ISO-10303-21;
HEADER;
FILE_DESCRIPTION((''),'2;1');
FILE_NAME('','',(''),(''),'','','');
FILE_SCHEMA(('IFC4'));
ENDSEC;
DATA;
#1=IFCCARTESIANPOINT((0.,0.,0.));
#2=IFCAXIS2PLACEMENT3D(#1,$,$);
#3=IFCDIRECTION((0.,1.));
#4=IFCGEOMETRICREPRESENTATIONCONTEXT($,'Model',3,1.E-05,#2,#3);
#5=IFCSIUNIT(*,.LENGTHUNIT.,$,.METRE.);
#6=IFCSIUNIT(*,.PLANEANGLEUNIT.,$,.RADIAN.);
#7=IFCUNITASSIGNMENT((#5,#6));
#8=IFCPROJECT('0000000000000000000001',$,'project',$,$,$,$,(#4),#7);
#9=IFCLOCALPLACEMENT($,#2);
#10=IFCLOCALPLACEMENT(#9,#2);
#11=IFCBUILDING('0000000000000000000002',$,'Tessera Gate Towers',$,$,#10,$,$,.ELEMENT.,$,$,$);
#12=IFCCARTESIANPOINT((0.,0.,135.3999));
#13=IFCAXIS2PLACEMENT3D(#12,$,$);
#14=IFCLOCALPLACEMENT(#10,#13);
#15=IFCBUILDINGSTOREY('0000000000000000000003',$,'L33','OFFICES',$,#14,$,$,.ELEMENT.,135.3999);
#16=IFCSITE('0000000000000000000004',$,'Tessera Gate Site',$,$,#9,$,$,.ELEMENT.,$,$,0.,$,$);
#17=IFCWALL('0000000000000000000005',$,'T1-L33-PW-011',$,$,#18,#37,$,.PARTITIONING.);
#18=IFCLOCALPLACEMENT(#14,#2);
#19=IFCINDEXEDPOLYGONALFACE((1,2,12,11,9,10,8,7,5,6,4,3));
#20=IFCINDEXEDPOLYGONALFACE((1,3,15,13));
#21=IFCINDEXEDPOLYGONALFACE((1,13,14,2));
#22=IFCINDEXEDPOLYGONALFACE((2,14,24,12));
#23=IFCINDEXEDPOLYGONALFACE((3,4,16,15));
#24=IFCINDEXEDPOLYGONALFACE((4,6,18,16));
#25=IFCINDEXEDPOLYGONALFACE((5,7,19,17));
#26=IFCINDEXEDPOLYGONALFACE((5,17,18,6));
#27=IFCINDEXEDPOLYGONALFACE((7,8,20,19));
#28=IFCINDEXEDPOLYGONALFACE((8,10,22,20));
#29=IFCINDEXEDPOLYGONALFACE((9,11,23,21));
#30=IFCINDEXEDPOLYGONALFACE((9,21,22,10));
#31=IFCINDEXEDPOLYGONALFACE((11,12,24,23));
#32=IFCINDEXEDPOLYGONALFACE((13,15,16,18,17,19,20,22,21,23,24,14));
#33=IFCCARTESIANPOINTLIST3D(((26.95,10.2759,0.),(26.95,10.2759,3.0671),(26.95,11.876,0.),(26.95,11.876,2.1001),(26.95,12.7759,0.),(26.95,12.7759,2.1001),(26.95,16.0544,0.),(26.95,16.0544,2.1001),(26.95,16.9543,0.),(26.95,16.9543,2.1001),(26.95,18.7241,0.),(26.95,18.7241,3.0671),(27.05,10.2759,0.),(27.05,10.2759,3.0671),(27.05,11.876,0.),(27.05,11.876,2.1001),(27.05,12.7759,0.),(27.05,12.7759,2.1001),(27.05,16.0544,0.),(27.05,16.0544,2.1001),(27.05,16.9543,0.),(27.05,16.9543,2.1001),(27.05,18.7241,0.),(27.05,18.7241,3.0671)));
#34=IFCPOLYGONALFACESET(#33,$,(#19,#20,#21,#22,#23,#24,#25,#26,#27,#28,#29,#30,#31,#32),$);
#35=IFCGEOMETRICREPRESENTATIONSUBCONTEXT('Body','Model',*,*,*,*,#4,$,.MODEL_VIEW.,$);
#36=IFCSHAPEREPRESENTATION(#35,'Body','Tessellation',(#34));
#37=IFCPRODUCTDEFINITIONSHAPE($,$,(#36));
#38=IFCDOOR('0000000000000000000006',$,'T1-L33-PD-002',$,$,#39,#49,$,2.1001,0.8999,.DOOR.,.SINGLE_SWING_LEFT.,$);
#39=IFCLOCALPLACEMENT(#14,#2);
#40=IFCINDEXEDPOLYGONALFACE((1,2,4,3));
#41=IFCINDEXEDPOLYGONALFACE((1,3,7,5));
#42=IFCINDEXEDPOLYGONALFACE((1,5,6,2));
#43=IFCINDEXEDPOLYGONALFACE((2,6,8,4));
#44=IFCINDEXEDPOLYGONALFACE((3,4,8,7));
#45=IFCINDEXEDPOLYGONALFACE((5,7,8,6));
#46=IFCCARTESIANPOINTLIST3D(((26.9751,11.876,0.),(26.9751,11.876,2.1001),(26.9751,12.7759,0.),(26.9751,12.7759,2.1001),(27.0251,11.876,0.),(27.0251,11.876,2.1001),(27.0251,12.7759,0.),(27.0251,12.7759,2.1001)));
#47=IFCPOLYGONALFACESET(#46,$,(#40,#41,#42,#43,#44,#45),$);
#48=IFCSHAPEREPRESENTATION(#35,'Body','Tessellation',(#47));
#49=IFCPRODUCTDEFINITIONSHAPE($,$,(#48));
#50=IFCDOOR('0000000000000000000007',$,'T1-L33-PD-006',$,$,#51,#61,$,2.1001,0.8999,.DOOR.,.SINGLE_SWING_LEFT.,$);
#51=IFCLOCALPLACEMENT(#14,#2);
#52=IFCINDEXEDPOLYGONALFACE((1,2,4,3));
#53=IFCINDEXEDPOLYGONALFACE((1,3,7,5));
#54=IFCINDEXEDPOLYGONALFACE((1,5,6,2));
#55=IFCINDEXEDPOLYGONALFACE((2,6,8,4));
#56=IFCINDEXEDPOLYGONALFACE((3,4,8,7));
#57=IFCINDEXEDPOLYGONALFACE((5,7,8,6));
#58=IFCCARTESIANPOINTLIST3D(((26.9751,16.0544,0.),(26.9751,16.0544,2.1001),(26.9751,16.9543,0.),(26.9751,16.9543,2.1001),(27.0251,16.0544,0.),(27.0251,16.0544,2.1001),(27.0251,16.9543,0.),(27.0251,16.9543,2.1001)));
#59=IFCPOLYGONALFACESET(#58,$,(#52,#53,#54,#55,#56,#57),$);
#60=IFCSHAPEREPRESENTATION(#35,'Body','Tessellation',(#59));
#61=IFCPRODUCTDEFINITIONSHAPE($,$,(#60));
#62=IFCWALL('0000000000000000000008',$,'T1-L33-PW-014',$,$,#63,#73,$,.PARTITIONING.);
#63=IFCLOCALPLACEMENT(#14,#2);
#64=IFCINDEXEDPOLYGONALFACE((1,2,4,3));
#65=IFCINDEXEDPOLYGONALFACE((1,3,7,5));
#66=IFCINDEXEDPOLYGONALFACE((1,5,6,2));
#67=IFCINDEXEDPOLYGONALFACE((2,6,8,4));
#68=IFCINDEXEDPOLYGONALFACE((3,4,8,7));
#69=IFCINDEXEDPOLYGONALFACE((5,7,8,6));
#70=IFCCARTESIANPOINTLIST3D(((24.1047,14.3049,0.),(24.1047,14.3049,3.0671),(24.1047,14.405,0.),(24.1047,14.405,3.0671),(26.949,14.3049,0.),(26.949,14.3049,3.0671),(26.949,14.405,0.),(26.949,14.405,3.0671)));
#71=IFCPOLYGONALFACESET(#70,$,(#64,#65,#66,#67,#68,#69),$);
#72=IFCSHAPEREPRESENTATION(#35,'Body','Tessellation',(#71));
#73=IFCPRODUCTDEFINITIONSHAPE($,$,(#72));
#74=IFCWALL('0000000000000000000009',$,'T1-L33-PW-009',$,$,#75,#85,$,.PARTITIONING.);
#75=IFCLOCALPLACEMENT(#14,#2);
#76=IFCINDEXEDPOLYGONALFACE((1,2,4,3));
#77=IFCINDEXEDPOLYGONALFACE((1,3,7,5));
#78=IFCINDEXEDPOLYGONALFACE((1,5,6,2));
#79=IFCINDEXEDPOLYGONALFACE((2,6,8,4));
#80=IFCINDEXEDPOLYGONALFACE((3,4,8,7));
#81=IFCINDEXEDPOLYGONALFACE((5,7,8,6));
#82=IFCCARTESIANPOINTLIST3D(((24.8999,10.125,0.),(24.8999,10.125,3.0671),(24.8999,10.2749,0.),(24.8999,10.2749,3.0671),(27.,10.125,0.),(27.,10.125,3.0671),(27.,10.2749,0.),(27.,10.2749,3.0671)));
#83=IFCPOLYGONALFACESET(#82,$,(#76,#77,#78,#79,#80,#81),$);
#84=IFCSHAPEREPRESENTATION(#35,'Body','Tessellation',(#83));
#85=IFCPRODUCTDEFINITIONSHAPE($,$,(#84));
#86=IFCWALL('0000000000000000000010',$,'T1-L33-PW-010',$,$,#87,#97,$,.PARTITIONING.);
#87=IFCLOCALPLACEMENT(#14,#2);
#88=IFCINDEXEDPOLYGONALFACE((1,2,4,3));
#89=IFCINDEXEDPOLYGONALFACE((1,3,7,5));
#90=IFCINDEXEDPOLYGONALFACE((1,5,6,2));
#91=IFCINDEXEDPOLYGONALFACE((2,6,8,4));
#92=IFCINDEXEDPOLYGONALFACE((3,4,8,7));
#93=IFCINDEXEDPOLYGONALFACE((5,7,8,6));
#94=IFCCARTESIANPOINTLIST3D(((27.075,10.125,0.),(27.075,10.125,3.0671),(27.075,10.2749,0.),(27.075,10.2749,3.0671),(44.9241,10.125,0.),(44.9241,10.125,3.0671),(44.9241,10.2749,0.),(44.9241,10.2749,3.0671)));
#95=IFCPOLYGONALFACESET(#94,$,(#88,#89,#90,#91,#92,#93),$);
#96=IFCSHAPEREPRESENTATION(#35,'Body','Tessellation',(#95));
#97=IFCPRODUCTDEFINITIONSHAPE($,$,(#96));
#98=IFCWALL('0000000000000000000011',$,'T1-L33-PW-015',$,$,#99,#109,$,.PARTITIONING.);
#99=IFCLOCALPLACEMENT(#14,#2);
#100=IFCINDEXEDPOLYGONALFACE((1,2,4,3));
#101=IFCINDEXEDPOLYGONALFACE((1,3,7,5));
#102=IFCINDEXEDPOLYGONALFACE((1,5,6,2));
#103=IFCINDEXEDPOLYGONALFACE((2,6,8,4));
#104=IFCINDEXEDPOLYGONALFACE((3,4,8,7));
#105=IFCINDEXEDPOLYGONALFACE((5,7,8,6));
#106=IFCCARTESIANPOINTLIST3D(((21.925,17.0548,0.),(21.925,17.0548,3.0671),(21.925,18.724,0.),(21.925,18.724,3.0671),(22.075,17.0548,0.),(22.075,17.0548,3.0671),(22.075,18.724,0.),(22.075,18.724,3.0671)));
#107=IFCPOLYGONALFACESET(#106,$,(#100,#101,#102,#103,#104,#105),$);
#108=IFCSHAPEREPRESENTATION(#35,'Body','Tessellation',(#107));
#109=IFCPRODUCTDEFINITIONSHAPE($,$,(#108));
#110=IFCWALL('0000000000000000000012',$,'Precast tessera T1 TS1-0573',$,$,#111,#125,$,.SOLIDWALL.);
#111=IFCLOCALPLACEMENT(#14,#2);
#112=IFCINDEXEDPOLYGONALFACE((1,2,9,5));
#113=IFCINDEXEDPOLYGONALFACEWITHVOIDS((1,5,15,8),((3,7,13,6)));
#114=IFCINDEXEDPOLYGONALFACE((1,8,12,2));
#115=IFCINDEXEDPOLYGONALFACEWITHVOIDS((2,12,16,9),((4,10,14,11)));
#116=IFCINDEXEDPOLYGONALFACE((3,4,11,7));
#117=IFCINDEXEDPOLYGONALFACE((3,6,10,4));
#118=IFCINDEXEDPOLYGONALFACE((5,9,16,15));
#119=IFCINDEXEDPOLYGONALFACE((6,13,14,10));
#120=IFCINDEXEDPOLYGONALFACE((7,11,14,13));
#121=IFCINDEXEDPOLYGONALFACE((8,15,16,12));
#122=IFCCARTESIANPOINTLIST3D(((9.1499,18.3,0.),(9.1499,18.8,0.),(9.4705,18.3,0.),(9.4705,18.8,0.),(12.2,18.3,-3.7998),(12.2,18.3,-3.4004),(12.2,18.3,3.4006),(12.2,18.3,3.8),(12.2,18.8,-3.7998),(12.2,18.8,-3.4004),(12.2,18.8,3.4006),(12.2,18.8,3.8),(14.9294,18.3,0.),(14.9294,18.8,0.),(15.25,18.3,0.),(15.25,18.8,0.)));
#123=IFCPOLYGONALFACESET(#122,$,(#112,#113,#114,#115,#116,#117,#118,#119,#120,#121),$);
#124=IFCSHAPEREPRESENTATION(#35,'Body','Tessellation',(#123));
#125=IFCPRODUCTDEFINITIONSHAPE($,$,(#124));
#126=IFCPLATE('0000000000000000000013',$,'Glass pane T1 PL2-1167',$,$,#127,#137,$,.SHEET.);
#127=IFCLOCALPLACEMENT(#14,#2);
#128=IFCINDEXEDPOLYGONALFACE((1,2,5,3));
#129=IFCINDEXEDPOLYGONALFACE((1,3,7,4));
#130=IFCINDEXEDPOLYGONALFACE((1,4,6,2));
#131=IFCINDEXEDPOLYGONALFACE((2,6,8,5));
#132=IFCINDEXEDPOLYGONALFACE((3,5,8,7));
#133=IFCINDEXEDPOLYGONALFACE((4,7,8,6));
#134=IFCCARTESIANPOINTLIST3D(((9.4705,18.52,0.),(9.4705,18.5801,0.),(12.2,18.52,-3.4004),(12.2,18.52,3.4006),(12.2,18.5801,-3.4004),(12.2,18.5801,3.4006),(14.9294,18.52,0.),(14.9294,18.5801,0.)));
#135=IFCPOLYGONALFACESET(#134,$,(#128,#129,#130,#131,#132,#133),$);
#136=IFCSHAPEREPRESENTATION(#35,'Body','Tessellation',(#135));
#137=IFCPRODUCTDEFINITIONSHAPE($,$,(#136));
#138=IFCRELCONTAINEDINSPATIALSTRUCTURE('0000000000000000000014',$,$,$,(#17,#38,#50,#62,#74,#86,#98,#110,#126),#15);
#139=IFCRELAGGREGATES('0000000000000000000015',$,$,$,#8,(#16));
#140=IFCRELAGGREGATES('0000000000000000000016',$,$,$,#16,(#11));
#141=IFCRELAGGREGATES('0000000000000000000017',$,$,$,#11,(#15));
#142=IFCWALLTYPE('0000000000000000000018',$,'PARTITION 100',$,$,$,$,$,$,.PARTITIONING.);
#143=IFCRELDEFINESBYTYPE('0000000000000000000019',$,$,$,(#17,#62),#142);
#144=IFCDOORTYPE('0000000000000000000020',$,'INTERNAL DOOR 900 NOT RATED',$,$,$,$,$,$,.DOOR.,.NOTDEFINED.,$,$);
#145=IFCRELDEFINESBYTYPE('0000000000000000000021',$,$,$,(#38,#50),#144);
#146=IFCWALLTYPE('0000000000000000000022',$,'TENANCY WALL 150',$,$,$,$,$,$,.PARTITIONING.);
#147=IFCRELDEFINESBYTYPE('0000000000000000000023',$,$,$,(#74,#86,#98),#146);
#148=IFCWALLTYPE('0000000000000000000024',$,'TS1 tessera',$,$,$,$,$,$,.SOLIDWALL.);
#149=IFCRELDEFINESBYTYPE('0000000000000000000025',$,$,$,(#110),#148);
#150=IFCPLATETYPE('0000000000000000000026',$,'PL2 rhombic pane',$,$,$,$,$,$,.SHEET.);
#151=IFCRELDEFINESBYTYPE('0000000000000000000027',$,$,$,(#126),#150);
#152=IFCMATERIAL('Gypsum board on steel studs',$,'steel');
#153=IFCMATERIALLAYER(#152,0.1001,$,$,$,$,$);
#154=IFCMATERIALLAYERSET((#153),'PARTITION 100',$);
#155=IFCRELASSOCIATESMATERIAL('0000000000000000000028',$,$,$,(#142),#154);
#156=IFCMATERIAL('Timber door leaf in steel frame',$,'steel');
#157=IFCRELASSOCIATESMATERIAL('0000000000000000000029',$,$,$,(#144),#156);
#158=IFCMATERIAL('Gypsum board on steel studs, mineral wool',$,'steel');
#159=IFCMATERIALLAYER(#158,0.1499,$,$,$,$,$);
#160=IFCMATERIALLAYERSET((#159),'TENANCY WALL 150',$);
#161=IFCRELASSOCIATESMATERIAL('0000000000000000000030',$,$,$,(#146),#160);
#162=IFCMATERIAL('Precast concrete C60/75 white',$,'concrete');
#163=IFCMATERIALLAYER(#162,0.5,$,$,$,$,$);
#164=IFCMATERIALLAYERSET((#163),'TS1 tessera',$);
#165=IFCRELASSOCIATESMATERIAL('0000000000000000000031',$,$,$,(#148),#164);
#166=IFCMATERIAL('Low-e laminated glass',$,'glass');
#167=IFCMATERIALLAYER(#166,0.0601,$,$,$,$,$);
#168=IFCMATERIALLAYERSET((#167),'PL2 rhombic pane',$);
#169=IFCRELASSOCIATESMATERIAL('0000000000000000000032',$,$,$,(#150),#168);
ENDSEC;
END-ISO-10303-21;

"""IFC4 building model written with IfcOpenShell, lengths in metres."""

from ifc_helpers import new_model, si_unit, direction, frame, frame_2d, origin, place, context, subcontext, project, spatial, polyline, rectangle, outline, extrude, source, transform, mapped, material, layer, layer_set, type_object, element, fill, save


model = new_model("IFC4")

# Units and contexts
model_context = context("Model", 3, precision=1e-05, world=origin(), true_north=direction((0.0, 1.0)))
body_context = subcontext(model_context, "Body", "Model", "MODEL_VIEW")
ifc_project = project(units=[si_unit("LENGTHUNIT", "METRE"), si_unit("PLANEANGLEUNIT", "RADIAN")], contexts=[model_context])

# Site, building, storey
site_placement = place(None, origin())
site = spatial("IfcSite", under=ifc_project, at=site_placement, Name="Tessera Gate Site", CompositionType="ELEMENT", RefElevation=0.0)
building_placement = place(site_placement, origin())
building = spatial("IfcBuilding", under=site, at=building_placement, Name="Tessera Gate Towers", CompositionType="ELEMENT")
storey_placement = place(building_placement, frame((0.0, 0.0, 135.3999)))
storey = spatial("IfcBuildingStorey", under=building, at=storey_placement, Name="L33", Description="OFFICES", CompositionType="ELEMENT", Elevation=135.3999)

# Shared definitions
ifc_material_1 = material(Name="Gypsum board on steel studs", Category="steel")
ifc_layer_1 = layer(ifc_material_1, 0.1001)
ifc_layer_set_1 = layer_set([ifc_layer_1], Name="PARTITION 100")
wall_type_1 = type_object("IfcWallType", Name="PARTITION 100", PredefinedType="PARTITIONING", material=ifc_layer_set_1)

# Shared definitions
shared_shape_1 = source(origin(), body_context, "Body", "SweptSolid", [
    extrude(rectangle(XDim=0.8999, YDim=2.1001, at=frame_2d((0.45, 1.05))), frame((0.0, 0.0601, 0.0), z_axis=(0.0, -1.0, 0.0), x_axis=(1.0, 0.0, 0.0)), (0.0, 0.0, 1.0), 0.1201),
])
ifc_material_2 = material(Name="Timber door leaf in steel frame", Category="steel")
door_type = type_object("IfcDoorType", Name="INTERNAL DOOR 900 NOT RATED", OperationType="NOTDEFINED", PredefinedType="DOOR", material=ifc_material_2)
shared_shape_2 = source(origin(), body_context, "Body", "SweptSolid", [
    extrude(rectangle(XDim=0.8999, YDim=2.1001, at=frame_2d((0.45, 1.05))), frame((0.0, 0.0249, 0.0), z_axis=(0.0, -1.0, 0.0), x_axis=(1.0, 0.0, 0.0)), (0.0, 0.0, 1.0), 0.05),
])

# Wall, openings, doors
wall_1_placement = place(storey_placement, frame((27.0, 10.2759, 0.0), z_axis=(0.0, 0.0, 1.0), x_axis=(0.0, 1.0, 0.0)))
wall_1 = element("IfcWall", 1, at=wall_1_placement, inside=storey, type_object=wall_type_1, Name="T1-L33-PW-011", PredefinedType="PARTITIONING", context=body_context, shape_type="SweptSolid", body=[
    extrude(rectangle(XDim=8.4482, YDim=0.1001, at=frame_2d((4.2241, 0.0))), origin(), (0.0, 0.0, 1.0), 3.0671),
])
opening_1_placement = place(wall_1_placement, frame((1.6001, 0.0, 0.0)))
opening_1 = element("IfcOpeningElement", 2, at=opening_1_placement, cuts=wall_1, PredefinedType="OPENING", context=body_context, shape_type="MappedRepresentation", body=[
    mapped(shared_shape_1, transform((0.0, 0.0, 0.0), scale=1.0)),
])
opening_2_placement = place(wall_1_placement, frame((5.7786, 0.0, 0.0)))
opening_2 = element("IfcOpeningElement", 3, at=opening_2_placement, cuts=wall_1, PredefinedType="OPENING", context=body_context, shape_type="MappedRepresentation", body=[
    mapped(shared_shape_1, transform((0.0, 0.0, 0.0), scale=1.0)),
])
door_1_placement = place(opening_1_placement, origin())
door_1 = element("IfcDoor", 4, at=door_1_placement, inside=storey, type_object=door_type, Name="T1-L33-PD-002", OperationType="SINGLE_SWING_LEFT", OverallHeight=2.1001, OverallWidth=0.8999, PredefinedType="DOOR", context=body_context, shape_type="MappedRepresentation", body=[
    mapped(shared_shape_2, transform((0.0, 0.0, 0.0), scale=1.0)),
])
fill(opening_1, door_1)
door_2_placement = place(opening_2_placement, origin())
door_2 = element("IfcDoor", 5, at=door_2_placement, inside=storey, type_object=door_type, Name="T1-L33-PD-006", OperationType="SINGLE_SWING_LEFT", OverallHeight=2.1001, OverallWidth=0.8999, PredefinedType="DOOR", context=body_context, shape_type="MappedRepresentation", body=[
    mapped(shared_shape_2, transform((0.0, 0.0, 0.0), scale=1.0)),
])
fill(opening_2, door_2)

# Walls
wall_2_placement = place(storey_placement, frame((24.1047, 14.355, 0.0), z_axis=(0.0, 0.0, 1.0), x_axis=(1.0, 0.0, 0.0)))
element("IfcWall", 6, at=wall_2_placement, inside=storey, type_object=wall_type_1, Name="T1-L33-PW-014", PredefinedType="PARTITIONING", context=body_context, shape_type="SweptSolid", body=[
    extrude(rectangle(XDim=2.8442, YDim=0.1001, at=frame_2d((1.4221, 0.0))), origin(), (0.0, 0.0, 1.0), 3.0671),
])
ifc_material_3 = material(Name="Gypsum board on steel studs, mineral wool", Category="steel")
ifc_layer_2 = layer(ifc_material_3, 0.1499)
ifc_layer_set_2 = layer_set([ifc_layer_2], Name="TENANCY WALL 150")
wall_type_2 = type_object("IfcWallType", Name="TENANCY WALL 150", PredefinedType="PARTITIONING", material=ifc_layer_set_2)
wall_3_placement = place(storey_placement, frame((24.8999, 10.2, 0.0), z_axis=(0.0, 0.0, 1.0), x_axis=(1.0, 0.0, 0.0)))
element("IfcWall", 7, at=wall_3_placement, inside=storey, type_object=wall_type_2, Name="T1-L33-PW-009", PredefinedType="PARTITIONING", context=body_context, shape_type="SweptSolid", body=[
    extrude(rectangle(XDim=2.1001, YDim=0.1499, at=frame_2d((1.05, 0.0))), origin(), (0.0, 0.0, 1.0), 3.0671),
])
wall_4_placement = place(storey_placement, frame((27.075, 10.2, 0.0), z_axis=(0.0, 0.0, 1.0), x_axis=(1.0, 0.0, 0.0)))
element("IfcWall", 8, at=wall_4_placement, inside=storey, type_object=wall_type_2, Name="T1-L33-PW-010", PredefinedType="PARTITIONING", context=body_context, shape_type="SweptSolid", body=[
    extrude(rectangle(XDim=17.8491, YDim=0.1499, at=frame_2d((8.9246, 0.0))), origin(), (0.0, 0.0, 1.0), 3.0671),
])
wall_5_placement = place(storey_placement, frame((22.0, 17.0549, 0.0), z_axis=(0.0, 0.0, 1.0), x_axis=(0.0, 1.0, 0.0)))
element("IfcWall", 9, at=wall_5_placement, inside=storey, type_object=wall_type_2, Name="T1-L33-PW-015", PredefinedType="PARTITIONING", context=body_context, shape_type="SweptSolid", body=[
    extrude(rectangle(XDim=1.6692, YDim=0.1499, at=frame_2d((0.8345, 0.0))), origin(), (0.0, 0.0, 1.0), 3.0671),
])

# Wall, opening, plate
ifc_material_4 = material(Name="Precast concrete C60/75 white", Category="concrete")
ifc_layer_3 = layer(ifc_material_4, 0.5)
ifc_layer_set_3 = layer_set([ifc_layer_3], Name="TS1 tessera")
wall_type_3 = type_object("IfcWallType", Name="TS1 tessera", PredefinedType="SOLIDWALL", material=ifc_layer_set_3)
shared_shape_3 = source(origin(), body_context, "Body", "SweptSolid", [
    extrude(outline(polyline([(3.05, 0.0), (6.1001, 3.7998), (3.05, 7.5999), (0.0, 3.7998), (3.05, 0.0)])), frame((0.0, 0.25, 0.0), z_axis=(0.0, -1.0, 0.0), x_axis=(1.0, 0.0, 0.0)), (0.0, 0.0, 1.0), 0.5),
])
wall_6_placement = place(storey_placement, frame((9.1499, 18.55, -3.7998), z_axis=(0.0, 0.0, 1.0), x_axis=(1.0, 0.0, 0.0)))
wall_6 = element("IfcWall", 10, at=wall_6_placement, inside=storey, type_object=wall_type_3, Name="Precast tessera T1 TS1-0573", PredefinedType="SOLIDWALL", context=body_context, shape_type="MappedRepresentation", body=[
    mapped(shared_shape_3, transform((0.0, 0.0, 0.0), scale=1.0)),
])
shared_shape_4 = source(origin(), body_context, "Body", "SweptSolid", [
    extrude(outline(polyline([(3.05, 0.3994), (5.7795, 3.7998), (3.05, 7.2004), (0.3206, 3.7998), (3.05, 0.3994)])), frame((0.0, 0.26, 0.0), z_axis=(0.0, -1.0, 0.0), x_axis=(1.0, 0.0, 0.0)), (0.0, 0.0, 1.0), 0.52),
])
opening_3_placement = place(wall_6_placement, origin())
opening_3 = element("IfcOpeningElement", 11, at=opening_3_placement, cuts=wall_6, PredefinedType="OPENING", context=body_context, shape_type="MappedRepresentation", body=[
    mapped(shared_shape_4, transform((0.0, 0.0, 0.0), scale=1.0)),
])
ifc_material_5 = material(Name="Low-e laminated glass", Category="glass")
ifc_layer_4 = layer(ifc_material_5, 0.0601)
ifc_layer_set_4 = layer_set([ifc_layer_4], Name="PL2 rhombic pane")
plate_type = type_object("IfcPlateType", Name="PL2 rhombic pane", PredefinedType="SHEET", material=ifc_layer_set_4)
shared_shape_5 = source(origin(), body_context, "Body", "SweptSolid", [
    extrude(outline(polyline([(3.05, 0.3994), (5.7795, 3.7998), (3.05, 7.2004), (0.3206, 3.7998), (3.05, 0.3994)])), frame((0.0, 0.03, 0.0), z_axis=(0.0, -1.0, 0.0), x_axis=(1.0, 0.0, 0.0)), (0.0, 0.0, 1.0), 0.0601),
])
plate_placement = place(opening_3_placement, origin())
plate = element("IfcPlate", 12, at=plate_placement, inside=storey, type_object=plate_type, Name="Glass pane T1 PL2-1167", PredefinedType="SHEET", context=body_context, shape_type="MappedRepresentation", body=[
    mapped(shared_shape_5, transform((0.0, 0.0, 0.0), scale=1.0)),
])
fill(opening_3, plate)

save(model, "model.ifc")
